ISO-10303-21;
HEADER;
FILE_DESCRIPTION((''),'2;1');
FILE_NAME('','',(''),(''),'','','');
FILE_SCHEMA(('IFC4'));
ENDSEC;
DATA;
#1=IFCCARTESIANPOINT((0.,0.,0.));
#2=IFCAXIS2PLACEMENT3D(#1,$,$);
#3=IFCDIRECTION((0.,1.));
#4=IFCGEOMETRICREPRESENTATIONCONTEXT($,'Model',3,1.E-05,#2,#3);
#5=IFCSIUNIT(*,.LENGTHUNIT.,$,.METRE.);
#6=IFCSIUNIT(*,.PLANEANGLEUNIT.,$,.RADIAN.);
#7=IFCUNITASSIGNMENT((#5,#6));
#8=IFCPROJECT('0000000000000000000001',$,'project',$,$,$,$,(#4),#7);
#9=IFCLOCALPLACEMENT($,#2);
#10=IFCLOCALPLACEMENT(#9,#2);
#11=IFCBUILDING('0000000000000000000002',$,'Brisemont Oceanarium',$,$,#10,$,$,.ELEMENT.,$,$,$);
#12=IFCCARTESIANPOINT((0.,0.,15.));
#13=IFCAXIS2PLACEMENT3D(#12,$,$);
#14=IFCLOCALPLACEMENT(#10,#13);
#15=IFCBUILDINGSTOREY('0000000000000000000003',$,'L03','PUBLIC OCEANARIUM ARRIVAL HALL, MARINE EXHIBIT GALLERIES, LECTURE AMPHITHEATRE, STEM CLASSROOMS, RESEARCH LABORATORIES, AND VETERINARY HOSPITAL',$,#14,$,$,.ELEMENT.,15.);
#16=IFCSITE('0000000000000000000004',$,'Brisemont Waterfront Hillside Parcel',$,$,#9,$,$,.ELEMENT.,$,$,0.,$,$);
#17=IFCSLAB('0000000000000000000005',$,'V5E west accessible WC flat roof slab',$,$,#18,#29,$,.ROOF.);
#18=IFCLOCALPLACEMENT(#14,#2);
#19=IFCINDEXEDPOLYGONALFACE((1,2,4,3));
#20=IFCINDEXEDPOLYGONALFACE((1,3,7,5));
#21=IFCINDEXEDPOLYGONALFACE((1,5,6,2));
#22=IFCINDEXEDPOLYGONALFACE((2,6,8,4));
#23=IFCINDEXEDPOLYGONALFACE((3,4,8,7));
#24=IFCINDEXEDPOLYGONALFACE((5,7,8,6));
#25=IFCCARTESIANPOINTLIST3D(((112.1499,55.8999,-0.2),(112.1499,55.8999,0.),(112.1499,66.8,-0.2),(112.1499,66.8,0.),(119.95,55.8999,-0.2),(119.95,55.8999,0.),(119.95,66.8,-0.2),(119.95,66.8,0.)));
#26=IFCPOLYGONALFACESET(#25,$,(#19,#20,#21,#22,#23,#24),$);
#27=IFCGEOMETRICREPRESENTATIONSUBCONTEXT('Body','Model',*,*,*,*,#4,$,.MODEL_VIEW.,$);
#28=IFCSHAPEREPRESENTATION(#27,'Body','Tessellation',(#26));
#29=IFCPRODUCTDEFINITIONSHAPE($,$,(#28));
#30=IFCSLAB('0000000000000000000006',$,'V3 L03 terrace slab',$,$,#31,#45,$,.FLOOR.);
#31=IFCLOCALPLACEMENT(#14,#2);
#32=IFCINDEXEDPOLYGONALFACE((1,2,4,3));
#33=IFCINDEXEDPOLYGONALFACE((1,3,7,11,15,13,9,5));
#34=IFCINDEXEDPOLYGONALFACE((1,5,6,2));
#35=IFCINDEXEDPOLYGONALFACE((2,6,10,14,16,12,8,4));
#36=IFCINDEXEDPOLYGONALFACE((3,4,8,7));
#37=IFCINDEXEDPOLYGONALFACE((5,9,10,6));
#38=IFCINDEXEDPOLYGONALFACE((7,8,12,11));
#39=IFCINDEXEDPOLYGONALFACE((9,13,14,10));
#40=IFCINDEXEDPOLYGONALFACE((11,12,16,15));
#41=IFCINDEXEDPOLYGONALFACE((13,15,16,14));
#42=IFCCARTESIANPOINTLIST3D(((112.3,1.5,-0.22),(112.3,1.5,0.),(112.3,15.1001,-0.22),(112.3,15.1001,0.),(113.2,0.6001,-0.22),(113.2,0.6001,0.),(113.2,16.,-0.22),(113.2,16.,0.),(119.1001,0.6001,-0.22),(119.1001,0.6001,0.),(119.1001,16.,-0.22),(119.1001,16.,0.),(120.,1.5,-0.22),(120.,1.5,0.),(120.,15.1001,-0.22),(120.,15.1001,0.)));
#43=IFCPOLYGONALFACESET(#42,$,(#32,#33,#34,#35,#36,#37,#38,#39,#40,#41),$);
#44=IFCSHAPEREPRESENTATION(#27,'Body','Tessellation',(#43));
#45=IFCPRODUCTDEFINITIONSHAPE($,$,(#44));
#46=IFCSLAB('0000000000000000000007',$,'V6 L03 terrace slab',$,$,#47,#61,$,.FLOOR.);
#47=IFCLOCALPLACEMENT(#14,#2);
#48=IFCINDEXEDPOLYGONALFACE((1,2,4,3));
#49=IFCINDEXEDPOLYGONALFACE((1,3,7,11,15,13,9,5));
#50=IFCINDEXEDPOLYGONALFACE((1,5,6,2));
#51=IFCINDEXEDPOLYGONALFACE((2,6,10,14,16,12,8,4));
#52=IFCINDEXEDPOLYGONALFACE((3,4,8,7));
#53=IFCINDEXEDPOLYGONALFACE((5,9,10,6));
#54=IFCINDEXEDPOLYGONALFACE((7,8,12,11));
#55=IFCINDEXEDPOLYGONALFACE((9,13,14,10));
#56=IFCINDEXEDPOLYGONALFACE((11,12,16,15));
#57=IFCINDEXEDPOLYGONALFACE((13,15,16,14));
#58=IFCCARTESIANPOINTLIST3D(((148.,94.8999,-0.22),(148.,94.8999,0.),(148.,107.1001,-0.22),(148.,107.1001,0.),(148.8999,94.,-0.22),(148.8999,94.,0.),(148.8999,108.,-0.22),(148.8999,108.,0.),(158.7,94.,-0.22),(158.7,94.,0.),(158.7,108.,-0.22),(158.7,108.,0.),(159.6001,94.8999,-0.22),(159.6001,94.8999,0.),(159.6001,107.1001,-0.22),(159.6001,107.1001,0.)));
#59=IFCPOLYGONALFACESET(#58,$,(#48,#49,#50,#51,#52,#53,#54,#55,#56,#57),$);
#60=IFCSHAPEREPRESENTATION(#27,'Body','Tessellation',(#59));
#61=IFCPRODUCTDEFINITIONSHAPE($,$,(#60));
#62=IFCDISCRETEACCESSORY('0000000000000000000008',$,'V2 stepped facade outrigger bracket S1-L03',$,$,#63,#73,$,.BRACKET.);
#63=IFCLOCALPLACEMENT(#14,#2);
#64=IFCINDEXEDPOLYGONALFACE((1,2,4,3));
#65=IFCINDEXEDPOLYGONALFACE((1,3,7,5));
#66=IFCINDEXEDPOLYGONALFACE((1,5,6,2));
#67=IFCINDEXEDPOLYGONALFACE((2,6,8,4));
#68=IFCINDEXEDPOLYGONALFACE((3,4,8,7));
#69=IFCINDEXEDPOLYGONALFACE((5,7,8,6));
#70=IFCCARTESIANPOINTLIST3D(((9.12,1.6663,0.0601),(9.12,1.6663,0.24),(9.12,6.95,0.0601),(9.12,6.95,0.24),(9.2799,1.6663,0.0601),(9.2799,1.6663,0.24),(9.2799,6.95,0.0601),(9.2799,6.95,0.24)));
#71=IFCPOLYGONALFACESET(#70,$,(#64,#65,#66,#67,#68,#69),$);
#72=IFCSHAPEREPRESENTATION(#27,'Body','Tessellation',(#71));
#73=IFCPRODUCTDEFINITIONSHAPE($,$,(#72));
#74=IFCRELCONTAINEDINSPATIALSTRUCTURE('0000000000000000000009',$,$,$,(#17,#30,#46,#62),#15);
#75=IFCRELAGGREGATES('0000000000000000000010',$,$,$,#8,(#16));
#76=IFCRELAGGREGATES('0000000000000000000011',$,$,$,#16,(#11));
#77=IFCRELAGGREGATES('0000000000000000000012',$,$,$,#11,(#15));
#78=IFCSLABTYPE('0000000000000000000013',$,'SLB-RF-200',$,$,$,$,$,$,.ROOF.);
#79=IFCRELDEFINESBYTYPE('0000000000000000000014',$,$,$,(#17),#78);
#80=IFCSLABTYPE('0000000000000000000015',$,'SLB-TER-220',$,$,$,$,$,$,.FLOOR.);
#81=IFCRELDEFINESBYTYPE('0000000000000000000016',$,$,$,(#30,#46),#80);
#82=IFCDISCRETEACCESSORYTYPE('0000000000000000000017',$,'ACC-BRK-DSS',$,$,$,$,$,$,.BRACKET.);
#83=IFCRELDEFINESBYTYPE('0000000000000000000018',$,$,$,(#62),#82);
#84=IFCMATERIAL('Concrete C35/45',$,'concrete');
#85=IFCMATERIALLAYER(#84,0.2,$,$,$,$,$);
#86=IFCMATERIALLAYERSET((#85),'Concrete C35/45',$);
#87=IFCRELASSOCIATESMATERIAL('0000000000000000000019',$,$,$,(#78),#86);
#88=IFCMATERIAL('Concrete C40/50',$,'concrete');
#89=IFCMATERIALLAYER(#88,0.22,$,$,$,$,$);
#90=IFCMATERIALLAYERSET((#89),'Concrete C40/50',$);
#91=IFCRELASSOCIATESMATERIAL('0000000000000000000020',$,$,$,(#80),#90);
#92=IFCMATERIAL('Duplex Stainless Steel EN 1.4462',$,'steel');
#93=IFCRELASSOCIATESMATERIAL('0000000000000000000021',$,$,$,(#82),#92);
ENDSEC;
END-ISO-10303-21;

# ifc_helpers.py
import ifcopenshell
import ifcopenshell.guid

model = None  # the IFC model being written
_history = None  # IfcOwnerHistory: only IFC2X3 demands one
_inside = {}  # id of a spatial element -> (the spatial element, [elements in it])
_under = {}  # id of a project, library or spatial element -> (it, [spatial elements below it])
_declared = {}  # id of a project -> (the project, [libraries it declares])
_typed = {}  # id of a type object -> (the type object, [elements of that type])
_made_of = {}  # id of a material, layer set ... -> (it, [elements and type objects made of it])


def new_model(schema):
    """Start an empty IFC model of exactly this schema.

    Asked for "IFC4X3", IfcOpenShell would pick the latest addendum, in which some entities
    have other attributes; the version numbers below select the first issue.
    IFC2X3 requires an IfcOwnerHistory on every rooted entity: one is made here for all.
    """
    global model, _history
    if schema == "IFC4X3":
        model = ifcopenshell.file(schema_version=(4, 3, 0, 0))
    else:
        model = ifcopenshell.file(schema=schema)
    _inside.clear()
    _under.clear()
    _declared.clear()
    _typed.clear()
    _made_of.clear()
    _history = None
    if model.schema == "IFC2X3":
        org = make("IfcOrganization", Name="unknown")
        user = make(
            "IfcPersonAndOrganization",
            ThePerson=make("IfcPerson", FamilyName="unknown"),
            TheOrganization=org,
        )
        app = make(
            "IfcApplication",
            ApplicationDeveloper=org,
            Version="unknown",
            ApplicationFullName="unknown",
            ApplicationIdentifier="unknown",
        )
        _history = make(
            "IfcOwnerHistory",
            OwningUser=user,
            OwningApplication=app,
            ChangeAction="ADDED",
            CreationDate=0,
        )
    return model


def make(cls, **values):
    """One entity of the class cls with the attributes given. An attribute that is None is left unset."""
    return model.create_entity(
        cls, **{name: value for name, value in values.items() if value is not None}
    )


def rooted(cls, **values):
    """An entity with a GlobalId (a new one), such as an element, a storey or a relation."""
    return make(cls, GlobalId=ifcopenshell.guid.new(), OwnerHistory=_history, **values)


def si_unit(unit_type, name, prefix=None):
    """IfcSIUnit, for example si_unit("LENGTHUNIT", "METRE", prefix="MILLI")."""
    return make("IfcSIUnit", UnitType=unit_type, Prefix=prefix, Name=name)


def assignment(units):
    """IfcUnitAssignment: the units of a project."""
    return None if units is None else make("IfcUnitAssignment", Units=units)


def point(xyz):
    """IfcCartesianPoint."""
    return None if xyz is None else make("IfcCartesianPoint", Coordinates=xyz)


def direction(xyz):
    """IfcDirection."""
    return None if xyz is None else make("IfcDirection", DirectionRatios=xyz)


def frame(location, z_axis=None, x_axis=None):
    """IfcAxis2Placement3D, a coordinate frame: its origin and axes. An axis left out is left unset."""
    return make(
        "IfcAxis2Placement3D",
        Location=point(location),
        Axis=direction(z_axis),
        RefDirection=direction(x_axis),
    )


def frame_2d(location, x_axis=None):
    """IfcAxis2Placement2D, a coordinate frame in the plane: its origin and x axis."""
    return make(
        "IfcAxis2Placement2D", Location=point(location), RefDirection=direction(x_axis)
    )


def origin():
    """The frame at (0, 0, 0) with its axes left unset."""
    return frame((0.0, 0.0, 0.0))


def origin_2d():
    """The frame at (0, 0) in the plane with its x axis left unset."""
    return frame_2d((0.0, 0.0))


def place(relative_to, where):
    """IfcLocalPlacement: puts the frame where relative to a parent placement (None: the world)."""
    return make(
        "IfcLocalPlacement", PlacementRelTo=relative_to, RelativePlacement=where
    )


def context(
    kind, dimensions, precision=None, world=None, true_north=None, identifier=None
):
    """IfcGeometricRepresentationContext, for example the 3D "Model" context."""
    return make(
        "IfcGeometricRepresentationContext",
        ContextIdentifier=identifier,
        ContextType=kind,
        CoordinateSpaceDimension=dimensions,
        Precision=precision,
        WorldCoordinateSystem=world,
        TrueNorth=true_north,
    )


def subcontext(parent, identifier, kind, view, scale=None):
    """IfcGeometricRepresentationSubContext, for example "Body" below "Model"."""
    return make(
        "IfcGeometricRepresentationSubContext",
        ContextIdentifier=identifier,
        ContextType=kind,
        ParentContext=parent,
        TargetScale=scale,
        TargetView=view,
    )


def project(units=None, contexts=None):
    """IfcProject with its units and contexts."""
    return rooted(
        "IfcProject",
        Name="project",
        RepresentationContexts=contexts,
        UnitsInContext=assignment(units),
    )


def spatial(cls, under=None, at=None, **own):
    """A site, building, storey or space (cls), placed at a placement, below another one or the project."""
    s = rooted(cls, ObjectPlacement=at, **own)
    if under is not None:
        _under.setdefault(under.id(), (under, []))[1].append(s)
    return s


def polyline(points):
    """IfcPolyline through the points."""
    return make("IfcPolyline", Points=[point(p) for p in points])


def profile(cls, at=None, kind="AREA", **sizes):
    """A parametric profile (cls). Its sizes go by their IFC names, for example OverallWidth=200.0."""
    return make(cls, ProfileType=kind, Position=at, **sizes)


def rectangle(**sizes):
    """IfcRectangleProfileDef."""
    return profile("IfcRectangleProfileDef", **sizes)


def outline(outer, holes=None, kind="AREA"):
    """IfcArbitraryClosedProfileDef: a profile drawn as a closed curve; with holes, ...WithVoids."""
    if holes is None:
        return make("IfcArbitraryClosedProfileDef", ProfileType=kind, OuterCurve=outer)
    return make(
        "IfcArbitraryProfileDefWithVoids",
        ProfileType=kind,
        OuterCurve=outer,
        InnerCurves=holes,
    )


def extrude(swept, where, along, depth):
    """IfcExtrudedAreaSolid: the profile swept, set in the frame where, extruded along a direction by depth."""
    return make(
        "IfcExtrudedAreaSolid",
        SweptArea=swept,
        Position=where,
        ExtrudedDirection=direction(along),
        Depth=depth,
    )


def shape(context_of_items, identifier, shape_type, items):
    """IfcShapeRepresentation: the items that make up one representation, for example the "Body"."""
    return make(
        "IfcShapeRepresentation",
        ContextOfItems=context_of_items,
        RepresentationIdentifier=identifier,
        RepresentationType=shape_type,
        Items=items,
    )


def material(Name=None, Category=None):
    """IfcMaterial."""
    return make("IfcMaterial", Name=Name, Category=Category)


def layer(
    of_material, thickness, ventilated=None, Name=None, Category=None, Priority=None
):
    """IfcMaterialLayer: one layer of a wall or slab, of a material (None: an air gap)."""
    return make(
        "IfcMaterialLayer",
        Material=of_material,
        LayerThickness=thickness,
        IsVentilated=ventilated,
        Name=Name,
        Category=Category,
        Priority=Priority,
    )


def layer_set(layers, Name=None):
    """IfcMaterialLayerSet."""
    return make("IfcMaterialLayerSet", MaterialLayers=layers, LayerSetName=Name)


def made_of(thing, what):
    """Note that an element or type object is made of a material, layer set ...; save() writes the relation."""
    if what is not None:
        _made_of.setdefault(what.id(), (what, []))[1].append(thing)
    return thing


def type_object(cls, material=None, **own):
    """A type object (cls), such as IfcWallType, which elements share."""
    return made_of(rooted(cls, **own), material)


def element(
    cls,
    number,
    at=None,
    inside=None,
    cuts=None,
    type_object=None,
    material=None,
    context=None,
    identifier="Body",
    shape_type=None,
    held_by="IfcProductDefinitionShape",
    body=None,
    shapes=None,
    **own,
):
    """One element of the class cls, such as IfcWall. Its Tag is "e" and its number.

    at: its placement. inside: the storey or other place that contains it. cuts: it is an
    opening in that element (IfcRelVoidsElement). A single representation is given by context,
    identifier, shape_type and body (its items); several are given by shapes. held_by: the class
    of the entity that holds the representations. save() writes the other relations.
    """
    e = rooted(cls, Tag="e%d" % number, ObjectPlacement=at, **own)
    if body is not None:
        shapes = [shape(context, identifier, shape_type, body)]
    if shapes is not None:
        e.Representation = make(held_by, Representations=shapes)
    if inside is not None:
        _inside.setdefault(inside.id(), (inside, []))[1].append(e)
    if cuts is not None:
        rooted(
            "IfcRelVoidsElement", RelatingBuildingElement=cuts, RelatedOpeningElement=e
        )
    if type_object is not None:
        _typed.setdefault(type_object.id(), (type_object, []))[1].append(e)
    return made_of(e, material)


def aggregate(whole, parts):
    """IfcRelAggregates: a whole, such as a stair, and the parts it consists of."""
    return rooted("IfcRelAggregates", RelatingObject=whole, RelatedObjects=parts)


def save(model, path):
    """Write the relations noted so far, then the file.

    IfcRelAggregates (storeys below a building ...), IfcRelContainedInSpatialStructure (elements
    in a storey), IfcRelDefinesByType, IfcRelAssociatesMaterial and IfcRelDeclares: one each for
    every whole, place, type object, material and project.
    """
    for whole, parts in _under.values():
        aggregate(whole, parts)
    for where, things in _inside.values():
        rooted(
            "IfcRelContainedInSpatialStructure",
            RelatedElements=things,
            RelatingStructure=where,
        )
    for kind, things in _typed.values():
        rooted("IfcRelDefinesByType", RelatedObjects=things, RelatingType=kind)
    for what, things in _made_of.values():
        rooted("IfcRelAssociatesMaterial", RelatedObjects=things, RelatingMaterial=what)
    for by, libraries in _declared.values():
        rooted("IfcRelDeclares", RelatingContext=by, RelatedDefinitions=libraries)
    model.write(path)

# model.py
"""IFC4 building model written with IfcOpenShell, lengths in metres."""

from ifc_helpers import new_model, si_unit, direction, frame, origin, origin_2d, place, context, subcontext, project, spatial, polyline, rectangle, outline, extrude, material, layer, layer_set, type_object, element, save


model = new_model("IFC4")

# Units and contexts
model_context = context("Model", 3, precision=1e-05, world=origin(), true_north=direction((0.0, 1.0)))
body_context = subcontext(model_context, "Body", "Model", "MODEL_VIEW")
ifc_project = project(units=[si_unit("LENGTHUNIT", "METRE"), si_unit("PLANEANGLEUNIT", "RADIAN")], contexts=[model_context])

# Site, building, storey
site_placement = place(None, origin())
site = spatial("IfcSite", under=ifc_project, at=site_placement, Name="Brisemont Waterfront Hillside Parcel", CompositionType="ELEMENT", RefElevation=0.0)
building_placement = place(site_placement, origin())
building = spatial("IfcBuilding", under=site, at=building_placement, Name="Brisemont Oceanarium", CompositionType="ELEMENT")
storey_placement = place(building_placement, frame((0.0, 0.0, 15.0)))
storey = spatial("IfcBuildingStorey", under=building, at=storey_placement, Name="L03", Description="PUBLIC OCEANARIUM ARRIVAL HALL, MARINE EXHIBIT GALLERIES, LECTURE AMPHITHEATRE, STEM CLASSROOMS, RESEARCH LABORATORIES, AND VETERINARY HOSPITAL", CompositionType="ELEMENT", Elevation=15.0)

# Shared definitions
ifc_material_1 = material(Name="Concrete C35/45", Category="concrete")
ifc_layer_1 = layer(ifc_material_1, 0.2)
ifc_layer_set_1 = layer_set([ifc_layer_1], Name="Concrete C35/45")
slab_type_1 = type_object("IfcSlabType", Name="SLB-RF-200", PredefinedType="ROOF", material=ifc_layer_set_1)

# Slabs
slab_1_placement = place(storey_placement, frame((0.0, 0.0, -0.2)))
element("IfcSlab", 1, at=slab_1_placement, inside=storey, type_object=slab_type_1, Name="V5E west accessible WC flat roof slab", PredefinedType="ROOF", context=body_context, shape_type="SweptSolid", body=[
    extrude(outline(polyline([(112.1499, 55.8999), (119.95, 55.8999), (119.95, 66.8), (112.1499, 66.8), (112.1499, 55.8999)])), origin(), (0.0, 0.0, 1.0), 0.2),
])
ifc_material_2 = material(Name="Concrete C40/50", Category="concrete")
ifc_layer_2 = layer(ifc_material_2, 0.22)
ifc_layer_set_2 = layer_set([ifc_layer_2], Name="Concrete C40/50")
slab_type_2 = type_object("IfcSlabType", Name="SLB-TER-220", PredefinedType="FLOOR", material=ifc_layer_set_2)
slab_2_placement = place(storey_placement, frame((0.0, 0.0, -0.22)))
element("IfcSlab", 2, at=slab_2_placement, inside=storey, type_object=slab_type_2, Name="V3 L03 terrace slab", PredefinedType="FLOOR", context=body_context, shape_type="SweptSolid", body=[
    extrude(outline(polyline([(113.2, 0.6001), (119.1001, 0.6001), (120.0, 1.5), (120.0, 15.1001), (119.1001, 16.0), (113.2, 16.0), (112.3, 15.1001), (112.3, 1.5), (113.2, 0.6001)])), origin(), (0.0, 0.0, 1.0), 0.22),
])
slab_3_placement = place(storey_placement, frame((0.0, 0.0, -0.22)))
element("IfcSlab", 3, at=slab_3_placement, inside=storey, type_object=slab_type_2, Name="V6 L03 terrace slab", PredefinedType="FLOOR", context=body_context, shape_type="SweptSolid", body=[
    extrude(outline(polyline([(148.8999, 94.0), (158.7, 94.0), (159.6001, 94.8999), (159.6001, 107.1001), (158.7, 108.0), (148.8999, 108.0), (148.0, 107.1001), (148.0, 94.8999), (148.8999, 94.0)])), origin(), (0.0, 0.0, 1.0), 0.22),
])

# Discrete accessory
ifc_material_3 = material(Name="Duplex Stainless Steel EN 1.4462", Category="steel")
discrete_accessory_type = type_object("IfcDiscreteAccessoryType", Name="ACC-BRK-DSS", PredefinedType="BRACKET", material=ifc_material_3)
discrete_accessory_placement = place(storey_placement, frame((9.2, 4.3081, 0.0601), z_axis=(0.0, 0.0, 1.0), x_axis=(1.0, 0.0, 0.0)))
element("IfcDiscreteAccessory", 4, at=discrete_accessory_placement, inside=storey, type_object=discrete_accessory_type, Name="V2 stepped facade outrigger bracket S1-L03", PredefinedType="BRACKET", context=body_context, shape_type="SweptSolid", body=[
    extrude(rectangle(XDim=0.1599, YDim=5.2837, at=origin_2d()), origin(), (0.0, 0.0, 1.0), 0.1799),
])

save(model, "model.ifc")
